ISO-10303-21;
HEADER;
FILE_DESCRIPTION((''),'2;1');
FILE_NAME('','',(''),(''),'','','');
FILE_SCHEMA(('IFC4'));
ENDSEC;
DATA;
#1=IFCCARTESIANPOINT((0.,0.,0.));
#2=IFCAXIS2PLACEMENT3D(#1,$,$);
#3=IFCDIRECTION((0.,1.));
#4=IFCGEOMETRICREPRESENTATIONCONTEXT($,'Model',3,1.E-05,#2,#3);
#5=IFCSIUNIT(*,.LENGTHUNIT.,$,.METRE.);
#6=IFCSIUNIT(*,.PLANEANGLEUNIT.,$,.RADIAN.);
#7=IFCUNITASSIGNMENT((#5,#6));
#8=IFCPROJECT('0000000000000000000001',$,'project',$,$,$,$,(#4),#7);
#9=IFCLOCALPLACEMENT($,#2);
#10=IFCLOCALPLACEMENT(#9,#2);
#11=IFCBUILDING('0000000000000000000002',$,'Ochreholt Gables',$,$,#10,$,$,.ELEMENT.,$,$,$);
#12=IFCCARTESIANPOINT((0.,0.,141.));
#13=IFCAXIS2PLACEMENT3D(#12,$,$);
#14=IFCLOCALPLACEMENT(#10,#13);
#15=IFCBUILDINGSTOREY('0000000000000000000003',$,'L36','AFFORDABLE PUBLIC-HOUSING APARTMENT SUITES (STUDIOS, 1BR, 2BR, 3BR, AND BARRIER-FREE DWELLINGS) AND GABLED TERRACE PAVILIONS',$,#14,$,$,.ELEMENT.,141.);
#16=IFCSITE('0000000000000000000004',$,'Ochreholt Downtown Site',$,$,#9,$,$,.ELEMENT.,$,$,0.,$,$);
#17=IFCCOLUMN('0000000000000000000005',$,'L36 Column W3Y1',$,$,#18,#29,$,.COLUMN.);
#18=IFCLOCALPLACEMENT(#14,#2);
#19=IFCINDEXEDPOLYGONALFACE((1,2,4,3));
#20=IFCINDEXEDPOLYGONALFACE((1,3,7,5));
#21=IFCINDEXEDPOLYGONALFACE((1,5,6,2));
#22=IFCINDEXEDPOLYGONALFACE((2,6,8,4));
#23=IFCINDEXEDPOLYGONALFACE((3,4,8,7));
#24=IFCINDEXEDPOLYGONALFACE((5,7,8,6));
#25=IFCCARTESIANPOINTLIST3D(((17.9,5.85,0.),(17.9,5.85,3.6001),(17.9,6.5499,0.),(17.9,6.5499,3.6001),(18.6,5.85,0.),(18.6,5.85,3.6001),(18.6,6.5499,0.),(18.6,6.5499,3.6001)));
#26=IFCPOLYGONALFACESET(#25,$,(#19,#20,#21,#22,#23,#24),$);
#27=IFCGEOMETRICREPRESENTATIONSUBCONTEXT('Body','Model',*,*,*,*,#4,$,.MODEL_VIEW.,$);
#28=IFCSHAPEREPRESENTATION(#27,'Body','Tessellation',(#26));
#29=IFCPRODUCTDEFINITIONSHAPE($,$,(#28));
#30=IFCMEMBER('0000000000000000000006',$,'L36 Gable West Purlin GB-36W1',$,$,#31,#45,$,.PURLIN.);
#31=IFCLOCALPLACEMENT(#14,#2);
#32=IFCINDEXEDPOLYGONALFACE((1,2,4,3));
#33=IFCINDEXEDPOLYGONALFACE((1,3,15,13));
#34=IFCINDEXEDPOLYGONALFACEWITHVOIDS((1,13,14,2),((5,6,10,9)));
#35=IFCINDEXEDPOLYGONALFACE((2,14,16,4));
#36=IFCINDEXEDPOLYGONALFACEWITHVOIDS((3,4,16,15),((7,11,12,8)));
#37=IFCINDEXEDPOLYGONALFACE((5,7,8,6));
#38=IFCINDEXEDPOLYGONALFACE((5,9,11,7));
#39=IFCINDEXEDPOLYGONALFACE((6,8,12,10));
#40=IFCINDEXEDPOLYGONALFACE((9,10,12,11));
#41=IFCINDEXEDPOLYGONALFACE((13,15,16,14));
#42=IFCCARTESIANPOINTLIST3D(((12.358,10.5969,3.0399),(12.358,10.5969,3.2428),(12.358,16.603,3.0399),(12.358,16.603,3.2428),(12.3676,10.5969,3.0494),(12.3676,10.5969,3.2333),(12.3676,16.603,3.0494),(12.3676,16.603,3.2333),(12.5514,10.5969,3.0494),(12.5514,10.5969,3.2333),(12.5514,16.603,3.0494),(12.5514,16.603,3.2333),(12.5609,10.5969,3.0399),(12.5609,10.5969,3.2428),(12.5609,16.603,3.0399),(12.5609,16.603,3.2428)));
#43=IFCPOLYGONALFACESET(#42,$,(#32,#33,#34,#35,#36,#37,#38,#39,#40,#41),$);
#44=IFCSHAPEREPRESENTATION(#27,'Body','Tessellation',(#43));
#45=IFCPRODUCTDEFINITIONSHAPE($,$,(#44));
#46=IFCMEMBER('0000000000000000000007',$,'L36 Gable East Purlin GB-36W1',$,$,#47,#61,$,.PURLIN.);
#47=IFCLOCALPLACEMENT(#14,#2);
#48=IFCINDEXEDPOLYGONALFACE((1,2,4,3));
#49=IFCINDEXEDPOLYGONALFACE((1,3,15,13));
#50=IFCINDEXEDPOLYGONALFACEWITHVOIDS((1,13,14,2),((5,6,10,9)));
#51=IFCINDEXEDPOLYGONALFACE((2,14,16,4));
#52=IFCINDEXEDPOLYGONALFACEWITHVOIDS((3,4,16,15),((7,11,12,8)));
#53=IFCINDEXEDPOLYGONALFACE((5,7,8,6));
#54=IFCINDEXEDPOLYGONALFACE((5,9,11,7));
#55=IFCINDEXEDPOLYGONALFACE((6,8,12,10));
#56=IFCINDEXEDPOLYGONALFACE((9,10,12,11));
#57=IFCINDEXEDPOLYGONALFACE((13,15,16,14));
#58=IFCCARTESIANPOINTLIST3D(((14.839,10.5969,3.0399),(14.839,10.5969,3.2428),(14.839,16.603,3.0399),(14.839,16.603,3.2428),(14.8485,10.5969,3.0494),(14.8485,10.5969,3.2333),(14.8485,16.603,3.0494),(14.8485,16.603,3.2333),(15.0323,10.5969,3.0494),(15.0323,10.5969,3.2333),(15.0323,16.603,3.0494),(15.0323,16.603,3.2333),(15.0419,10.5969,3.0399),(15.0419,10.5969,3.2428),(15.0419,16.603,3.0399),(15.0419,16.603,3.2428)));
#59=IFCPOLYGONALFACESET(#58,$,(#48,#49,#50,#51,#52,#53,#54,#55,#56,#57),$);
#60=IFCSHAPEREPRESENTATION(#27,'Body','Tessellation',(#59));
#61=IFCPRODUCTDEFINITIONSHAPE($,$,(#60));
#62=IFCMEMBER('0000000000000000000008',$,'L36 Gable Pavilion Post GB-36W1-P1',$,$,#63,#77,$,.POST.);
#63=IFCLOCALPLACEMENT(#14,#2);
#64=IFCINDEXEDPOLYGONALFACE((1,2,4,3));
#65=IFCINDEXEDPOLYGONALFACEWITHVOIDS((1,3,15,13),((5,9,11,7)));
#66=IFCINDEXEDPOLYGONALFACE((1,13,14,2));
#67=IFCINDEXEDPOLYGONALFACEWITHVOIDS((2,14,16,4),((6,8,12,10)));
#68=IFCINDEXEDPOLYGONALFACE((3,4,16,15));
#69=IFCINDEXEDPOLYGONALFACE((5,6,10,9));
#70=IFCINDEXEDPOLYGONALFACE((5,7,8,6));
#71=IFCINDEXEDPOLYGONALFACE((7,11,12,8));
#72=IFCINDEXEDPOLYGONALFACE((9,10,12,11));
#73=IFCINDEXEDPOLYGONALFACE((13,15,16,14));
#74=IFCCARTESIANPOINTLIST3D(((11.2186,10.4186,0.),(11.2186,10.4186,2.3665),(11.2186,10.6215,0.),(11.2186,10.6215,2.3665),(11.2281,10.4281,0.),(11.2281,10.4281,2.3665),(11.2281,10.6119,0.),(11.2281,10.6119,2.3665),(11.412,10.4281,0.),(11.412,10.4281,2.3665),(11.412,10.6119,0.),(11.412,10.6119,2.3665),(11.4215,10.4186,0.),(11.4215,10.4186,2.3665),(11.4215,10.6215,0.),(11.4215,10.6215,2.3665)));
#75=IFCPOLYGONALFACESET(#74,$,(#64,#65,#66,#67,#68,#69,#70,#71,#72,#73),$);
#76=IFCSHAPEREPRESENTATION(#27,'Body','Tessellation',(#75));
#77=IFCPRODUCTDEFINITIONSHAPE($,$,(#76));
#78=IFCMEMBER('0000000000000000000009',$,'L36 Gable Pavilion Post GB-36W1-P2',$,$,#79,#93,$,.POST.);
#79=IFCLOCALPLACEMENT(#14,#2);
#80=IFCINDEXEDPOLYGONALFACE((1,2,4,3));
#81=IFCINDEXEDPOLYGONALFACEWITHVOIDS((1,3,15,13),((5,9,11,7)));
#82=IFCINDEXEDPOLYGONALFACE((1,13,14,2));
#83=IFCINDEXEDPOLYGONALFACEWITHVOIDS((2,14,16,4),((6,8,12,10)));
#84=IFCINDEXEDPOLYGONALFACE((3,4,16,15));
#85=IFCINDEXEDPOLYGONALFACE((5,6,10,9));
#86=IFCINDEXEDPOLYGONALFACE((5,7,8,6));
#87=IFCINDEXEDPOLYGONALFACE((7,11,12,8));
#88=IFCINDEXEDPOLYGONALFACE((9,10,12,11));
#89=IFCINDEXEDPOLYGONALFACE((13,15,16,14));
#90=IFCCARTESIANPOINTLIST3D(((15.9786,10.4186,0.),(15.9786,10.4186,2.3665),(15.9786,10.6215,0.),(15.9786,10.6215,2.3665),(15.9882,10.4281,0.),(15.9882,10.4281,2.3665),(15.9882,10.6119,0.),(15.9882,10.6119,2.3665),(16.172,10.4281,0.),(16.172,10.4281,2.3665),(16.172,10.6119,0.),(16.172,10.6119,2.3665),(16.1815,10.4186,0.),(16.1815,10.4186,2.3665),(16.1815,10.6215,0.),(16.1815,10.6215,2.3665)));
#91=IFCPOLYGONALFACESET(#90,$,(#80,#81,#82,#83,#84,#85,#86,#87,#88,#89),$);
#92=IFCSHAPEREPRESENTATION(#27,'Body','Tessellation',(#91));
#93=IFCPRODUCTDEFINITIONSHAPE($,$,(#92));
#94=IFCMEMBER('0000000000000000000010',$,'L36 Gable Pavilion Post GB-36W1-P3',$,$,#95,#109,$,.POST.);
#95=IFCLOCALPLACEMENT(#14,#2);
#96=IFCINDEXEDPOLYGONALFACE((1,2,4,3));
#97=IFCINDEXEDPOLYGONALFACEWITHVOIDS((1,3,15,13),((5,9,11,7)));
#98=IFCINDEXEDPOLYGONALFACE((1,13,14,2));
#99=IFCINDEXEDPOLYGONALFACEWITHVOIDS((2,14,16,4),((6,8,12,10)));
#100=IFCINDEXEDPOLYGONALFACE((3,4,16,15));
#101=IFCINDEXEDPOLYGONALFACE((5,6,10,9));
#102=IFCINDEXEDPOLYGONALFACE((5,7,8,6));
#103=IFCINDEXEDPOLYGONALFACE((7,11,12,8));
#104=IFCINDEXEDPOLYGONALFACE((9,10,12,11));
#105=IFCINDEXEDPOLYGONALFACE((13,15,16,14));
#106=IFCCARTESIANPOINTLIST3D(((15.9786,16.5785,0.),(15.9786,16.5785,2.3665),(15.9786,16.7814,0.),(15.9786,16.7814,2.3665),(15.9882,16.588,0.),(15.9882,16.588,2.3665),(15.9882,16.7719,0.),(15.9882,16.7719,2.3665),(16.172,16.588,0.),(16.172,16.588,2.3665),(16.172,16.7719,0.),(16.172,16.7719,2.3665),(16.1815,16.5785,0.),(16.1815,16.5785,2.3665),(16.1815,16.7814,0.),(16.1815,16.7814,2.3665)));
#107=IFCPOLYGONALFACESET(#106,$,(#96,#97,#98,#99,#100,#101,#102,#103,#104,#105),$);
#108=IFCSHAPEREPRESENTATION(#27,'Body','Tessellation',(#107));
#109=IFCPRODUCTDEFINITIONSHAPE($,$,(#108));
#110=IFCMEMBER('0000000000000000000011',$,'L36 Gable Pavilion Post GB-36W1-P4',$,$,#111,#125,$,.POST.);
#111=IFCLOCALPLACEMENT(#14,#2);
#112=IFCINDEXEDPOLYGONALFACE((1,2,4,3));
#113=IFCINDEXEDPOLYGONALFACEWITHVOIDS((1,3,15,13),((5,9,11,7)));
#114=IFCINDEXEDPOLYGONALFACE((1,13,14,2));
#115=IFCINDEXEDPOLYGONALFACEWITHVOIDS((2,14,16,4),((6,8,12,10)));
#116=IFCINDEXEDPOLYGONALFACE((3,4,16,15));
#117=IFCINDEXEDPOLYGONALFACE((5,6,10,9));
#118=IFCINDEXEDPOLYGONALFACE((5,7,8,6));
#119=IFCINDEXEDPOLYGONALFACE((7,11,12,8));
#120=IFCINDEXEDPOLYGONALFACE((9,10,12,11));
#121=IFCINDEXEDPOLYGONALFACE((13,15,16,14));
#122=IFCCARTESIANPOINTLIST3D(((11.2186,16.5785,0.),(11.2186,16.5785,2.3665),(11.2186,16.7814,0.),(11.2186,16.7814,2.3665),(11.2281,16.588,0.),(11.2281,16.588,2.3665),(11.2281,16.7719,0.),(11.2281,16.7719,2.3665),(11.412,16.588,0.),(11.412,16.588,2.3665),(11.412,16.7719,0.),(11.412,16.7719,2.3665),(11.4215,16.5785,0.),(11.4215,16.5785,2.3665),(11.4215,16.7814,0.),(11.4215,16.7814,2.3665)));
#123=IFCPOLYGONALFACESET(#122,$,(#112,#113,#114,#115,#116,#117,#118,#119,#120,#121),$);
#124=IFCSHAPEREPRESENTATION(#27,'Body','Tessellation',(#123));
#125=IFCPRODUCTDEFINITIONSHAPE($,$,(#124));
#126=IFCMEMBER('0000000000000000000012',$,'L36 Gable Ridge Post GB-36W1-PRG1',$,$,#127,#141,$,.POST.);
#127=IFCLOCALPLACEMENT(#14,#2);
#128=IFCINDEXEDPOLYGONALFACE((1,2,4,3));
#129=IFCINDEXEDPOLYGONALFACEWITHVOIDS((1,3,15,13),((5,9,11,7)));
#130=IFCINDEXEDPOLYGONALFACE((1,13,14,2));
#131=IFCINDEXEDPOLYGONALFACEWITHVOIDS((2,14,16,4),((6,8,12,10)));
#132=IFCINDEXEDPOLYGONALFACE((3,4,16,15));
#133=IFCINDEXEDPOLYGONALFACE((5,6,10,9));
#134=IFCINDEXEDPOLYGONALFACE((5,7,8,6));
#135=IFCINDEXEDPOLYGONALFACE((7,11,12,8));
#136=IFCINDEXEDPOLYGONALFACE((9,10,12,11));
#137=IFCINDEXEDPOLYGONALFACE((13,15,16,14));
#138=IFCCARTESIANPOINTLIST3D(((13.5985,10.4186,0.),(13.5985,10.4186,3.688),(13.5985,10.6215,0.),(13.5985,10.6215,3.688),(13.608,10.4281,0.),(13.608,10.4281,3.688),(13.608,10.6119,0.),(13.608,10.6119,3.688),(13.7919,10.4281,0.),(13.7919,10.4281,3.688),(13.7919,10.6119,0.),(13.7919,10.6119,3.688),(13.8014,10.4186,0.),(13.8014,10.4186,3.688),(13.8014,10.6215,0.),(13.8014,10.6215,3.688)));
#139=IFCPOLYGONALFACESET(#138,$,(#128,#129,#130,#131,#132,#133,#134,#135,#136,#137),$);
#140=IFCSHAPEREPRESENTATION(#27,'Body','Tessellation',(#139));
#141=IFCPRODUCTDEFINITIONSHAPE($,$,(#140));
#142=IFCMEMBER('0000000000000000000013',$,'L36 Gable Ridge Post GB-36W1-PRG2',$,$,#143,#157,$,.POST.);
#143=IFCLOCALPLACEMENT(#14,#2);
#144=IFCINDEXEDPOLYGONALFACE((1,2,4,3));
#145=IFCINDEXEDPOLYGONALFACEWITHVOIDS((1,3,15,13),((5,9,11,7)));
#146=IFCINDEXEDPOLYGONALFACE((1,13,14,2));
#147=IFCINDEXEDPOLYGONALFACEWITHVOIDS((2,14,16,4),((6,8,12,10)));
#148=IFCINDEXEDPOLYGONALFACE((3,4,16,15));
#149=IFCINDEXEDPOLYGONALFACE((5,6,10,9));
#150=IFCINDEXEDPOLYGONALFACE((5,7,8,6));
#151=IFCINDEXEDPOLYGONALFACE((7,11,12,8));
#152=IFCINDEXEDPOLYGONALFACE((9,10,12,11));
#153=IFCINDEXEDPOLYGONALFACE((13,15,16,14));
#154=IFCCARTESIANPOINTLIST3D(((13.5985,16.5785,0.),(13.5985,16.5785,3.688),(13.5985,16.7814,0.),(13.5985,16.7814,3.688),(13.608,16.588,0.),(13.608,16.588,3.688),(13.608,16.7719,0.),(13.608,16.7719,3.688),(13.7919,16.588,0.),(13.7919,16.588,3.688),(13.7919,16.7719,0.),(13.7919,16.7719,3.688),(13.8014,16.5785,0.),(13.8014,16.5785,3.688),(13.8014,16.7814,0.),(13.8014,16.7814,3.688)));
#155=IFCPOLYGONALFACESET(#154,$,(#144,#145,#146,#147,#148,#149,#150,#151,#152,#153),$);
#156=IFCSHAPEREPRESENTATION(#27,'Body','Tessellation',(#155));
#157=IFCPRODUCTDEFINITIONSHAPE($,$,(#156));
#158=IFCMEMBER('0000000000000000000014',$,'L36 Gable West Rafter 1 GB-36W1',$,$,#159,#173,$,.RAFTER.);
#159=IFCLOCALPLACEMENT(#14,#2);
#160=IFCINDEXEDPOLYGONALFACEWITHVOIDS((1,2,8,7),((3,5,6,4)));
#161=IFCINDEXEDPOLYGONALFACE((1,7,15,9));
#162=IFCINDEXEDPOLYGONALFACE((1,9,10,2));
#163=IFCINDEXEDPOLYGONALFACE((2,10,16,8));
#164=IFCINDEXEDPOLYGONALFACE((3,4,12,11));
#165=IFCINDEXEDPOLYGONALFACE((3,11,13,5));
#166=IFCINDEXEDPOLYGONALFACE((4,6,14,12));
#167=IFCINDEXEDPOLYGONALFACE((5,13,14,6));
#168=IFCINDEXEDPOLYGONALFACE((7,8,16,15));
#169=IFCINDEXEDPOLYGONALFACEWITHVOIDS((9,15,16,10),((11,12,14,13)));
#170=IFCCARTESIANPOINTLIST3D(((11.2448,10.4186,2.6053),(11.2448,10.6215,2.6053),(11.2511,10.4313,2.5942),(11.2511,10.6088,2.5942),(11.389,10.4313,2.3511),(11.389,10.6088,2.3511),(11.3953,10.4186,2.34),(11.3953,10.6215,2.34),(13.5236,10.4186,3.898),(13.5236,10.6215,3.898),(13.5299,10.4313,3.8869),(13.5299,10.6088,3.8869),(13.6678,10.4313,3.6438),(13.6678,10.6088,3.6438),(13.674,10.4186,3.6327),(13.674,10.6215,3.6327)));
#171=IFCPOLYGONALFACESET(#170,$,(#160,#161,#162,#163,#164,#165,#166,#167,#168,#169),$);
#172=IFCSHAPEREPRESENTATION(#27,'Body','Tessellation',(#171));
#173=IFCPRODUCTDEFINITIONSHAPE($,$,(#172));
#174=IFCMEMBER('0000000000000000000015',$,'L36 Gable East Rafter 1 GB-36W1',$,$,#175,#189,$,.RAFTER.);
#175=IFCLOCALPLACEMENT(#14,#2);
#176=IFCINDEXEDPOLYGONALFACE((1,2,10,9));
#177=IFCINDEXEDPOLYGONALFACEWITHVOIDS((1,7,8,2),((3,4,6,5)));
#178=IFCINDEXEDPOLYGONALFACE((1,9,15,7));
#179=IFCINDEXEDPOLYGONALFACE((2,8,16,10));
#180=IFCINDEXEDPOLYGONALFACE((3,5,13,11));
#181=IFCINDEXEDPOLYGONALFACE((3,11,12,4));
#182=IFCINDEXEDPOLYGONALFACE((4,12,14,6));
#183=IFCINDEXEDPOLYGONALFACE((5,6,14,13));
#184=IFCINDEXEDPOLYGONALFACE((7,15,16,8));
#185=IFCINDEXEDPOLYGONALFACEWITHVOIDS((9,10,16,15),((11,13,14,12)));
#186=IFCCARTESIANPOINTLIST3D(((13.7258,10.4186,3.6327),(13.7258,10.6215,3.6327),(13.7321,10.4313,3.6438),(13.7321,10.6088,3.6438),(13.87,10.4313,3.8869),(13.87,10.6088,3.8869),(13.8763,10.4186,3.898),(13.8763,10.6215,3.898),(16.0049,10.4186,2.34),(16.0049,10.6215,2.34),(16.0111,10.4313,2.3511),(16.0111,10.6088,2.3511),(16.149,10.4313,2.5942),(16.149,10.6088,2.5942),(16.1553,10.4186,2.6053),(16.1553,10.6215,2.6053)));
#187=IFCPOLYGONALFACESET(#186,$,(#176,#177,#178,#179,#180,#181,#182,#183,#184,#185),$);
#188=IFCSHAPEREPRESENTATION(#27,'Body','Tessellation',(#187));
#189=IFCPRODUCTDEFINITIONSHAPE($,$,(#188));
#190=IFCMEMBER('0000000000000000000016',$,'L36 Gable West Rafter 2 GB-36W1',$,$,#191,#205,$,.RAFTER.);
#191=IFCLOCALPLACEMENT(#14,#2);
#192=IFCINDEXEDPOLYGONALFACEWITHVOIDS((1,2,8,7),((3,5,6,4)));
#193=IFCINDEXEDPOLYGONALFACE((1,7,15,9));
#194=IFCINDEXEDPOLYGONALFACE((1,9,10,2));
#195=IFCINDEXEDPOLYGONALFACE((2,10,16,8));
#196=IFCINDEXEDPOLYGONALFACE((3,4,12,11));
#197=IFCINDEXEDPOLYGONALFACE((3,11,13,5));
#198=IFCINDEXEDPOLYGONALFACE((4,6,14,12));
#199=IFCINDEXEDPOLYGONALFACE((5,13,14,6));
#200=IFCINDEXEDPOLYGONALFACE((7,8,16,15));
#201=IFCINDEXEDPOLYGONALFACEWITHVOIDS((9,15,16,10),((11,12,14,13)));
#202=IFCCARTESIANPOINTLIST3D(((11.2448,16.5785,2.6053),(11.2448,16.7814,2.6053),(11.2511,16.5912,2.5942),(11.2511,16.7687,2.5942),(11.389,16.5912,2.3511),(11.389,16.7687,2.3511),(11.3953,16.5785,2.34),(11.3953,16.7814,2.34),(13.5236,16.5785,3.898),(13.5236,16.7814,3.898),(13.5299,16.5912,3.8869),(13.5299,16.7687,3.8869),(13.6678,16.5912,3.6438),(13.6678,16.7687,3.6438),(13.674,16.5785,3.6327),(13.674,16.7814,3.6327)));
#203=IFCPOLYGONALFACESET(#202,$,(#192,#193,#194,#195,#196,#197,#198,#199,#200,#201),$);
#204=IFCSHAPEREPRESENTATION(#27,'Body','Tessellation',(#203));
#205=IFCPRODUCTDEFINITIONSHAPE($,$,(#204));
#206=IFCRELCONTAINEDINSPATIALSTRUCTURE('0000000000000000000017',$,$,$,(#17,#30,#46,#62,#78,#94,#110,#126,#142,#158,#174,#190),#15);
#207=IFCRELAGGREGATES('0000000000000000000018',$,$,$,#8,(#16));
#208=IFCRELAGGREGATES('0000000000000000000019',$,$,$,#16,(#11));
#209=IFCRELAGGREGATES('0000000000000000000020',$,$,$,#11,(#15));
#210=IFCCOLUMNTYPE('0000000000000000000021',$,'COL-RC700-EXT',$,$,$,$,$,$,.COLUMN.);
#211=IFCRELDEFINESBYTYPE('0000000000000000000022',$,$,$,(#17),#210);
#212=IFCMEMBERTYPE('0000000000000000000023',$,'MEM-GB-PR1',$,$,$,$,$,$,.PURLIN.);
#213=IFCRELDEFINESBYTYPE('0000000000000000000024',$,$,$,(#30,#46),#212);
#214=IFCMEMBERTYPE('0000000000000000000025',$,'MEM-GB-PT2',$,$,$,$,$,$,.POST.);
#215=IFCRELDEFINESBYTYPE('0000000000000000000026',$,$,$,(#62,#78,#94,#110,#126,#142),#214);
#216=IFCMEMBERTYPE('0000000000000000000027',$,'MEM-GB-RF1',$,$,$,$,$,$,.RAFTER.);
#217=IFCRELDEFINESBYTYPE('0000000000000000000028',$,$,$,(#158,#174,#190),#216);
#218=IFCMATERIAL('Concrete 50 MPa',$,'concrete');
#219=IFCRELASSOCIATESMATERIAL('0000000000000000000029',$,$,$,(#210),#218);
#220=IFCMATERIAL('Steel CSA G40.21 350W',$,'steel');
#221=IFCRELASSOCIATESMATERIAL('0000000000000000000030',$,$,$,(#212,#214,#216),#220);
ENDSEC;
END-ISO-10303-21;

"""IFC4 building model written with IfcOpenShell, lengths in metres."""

from ifc_helpers import new_model, si_unit, direction, frame, origin, origin_2d, place, context, subcontext, project, spatial, rectangle, hollow_rectangle, extrude, material, material_profile, profile_set, type_object, element, save


model = new_model("IFC4")

# Units and contexts
model_context = context("Model", 3, precision=1e-05, world=origin(), true_north=direction((0.0, 1.0)))
body_context = subcontext(model_context, "Body", "Model", "MODEL_VIEW")
ifc_project = project(units=[si_unit("LENGTHUNIT", "METRE"), si_unit("PLANEANGLEUNIT", "RADIAN")], contexts=[model_context])

# Site, building, storey
site_placement = place(None, origin())
site = spatial("IfcSite", under=ifc_project, at=site_placement, Name="Ochreholt Downtown Site", CompositionType="ELEMENT", RefElevation=0.0)
building_placement = place(site_placement, origin())
building = spatial("IfcBuilding", under=site, at=building_placement, Name="Ochreholt Gables", CompositionType="ELEMENT")
storey_placement = place(building_placement, frame((0.0, 0.0, 141.0)))
storey = spatial("IfcBuildingStorey", under=building, at=storey_placement, Name="L36", Description="AFFORDABLE PUBLIC-HOUSING APARTMENT SUITES (STUDIOS, 1BR, 2BR, 3BR, AND BARRIER-FREE DWELLINGS) AND GABLED TERRACE PAVILIONS", CompositionType="ELEMENT", Elevation=141.0)

# Column
ifc_material_1 = material(Name="Concrete 50 MPa", Category="concrete")
ifc_material_profile_1 = material_profile(ifc_material_1, rectangle(XDim=0.7, YDim=0.7, at=origin_2d()), Name="RC700X700")
ifc_profile_set_1 = profile_set([ifc_material_profile_1], Name="Concrete 50 MPa")
column_type = type_object("IfcColumnType", Name="COL-RC700-EXT", PredefinedType="COLUMN", material=ifc_profile_set_1)
column_placement = place(storey_placement, frame((18.25, 6.2, 0.0), z_axis=(0.0, 0.0, 1.0), x_axis=(1.0, 0.0, 0.0)))
element("IfcColumn", 1, at=column_placement, inside=storey, type_object=column_type, Name="L36 Column W3Y1", PredefinedType="COLUMN", context=body_context, shape_type="SweptSolid", body=[
    extrude(rectangle(XDim=0.7, YDim=0.7, at=origin_2d()), origin(), (0.0, 0.0, 1.0), 3.6001),
])

# Members
ifc_material_2 = material(Name="Steel CSA G40.21 350W", Category="steel")
ifc_material_profile_2 = material_profile(ifc_material_2, hollow_rectangle(XDim=0.2029, YDim=0.2029, WallThickness=0.0095, at=origin_2d()), Name="HSS203X203X10")
ifc_profile_set_2 = profile_set([ifc_material_profile_2], Name="Steel CSA G40.21 350W")
member_type_1 = type_object("IfcMemberType", Name="MEM-GB-PR1", PredefinedType="PURLIN", material=ifc_profile_set_2)
for number, where, z_axis, x_axis, name in (
    (2, (12.4595, 10.5969, 3.1414), (0.0, 1.0, 0.0), (-1.0, 0.0, 0.0), "L36 Gable West Purlin GB-36W1"),
    (3, (14.9404, 10.5969, 3.1414), (0.0, 1.0, 0.0), (-1.0, 0.0, 0.0), "L36 Gable East Purlin GB-36W1"),
):
    element("IfcMember", number, at=place(storey_placement, frame(where, z_axis=z_axis, x_axis=x_axis)), inside=storey, type_object=member_type_1, Name=name, PredefinedType="PURLIN", context=body_context, shape_type="SweptSolid", body=[
        extrude(hollow_rectangle(XDim=0.2029, YDim=0.2029, WallThickness=0.0095, at=origin_2d()), origin(), (0.0, 0.0, 1.0), 6.0061),
    ])
ifc_material_profile_3 = material_profile(ifc_material_2, hollow_rectangle(XDim=0.2029, YDim=0.2029, WallThickness=0.0095, at=origin_2d()), Name="HSS203X203X10")
ifc_profile_set_3 = profile_set([ifc_material_profile_3], Name="Steel CSA G40.21 350W")
member_type_2 = type_object("IfcMemberType", Name="MEM-GB-PT2", PredefinedType="POST", material=ifc_profile_set_3)
for number, where, z_axis, x_axis, name in (
    (4, (11.3201, 10.52, 0.0), (0.0, 0.0, 1.0), (1.0, 0.0, 0.0), "L36 Gable Pavilion Post GB-36W1-P1"),
    (5, (16.0801, 10.52, 0.0), (0.0, 0.0, 1.0), (1.0, 0.0, 0.0), "L36 Gable Pavilion Post GB-36W1-P2"),
    (6, (16.0801, 16.6799, 0.0), (0.0, 0.0, 1.0), (1.0, 0.0, 0.0), "L36 Gable Pavilion Post GB-36W1-P3"),
    (7, (11.3201, 16.6799, 0.0), (0.0, 0.0, 1.0), (1.0, 0.0, 0.0), "L36 Gable Pavilion Post GB-36W1-P4"),
):
    element("IfcMember", number, at=place(storey_placement, frame(where, z_axis=z_axis, x_axis=x_axis)), inside=storey, type_object=member_type_2, Name=name, PredefinedType="POST", context=body_context, shape_type="SweptSolid", body=[
        extrude(hollow_rectangle(XDim=0.2029, YDim=0.2029, WallThickness=0.0095, at=origin_2d()), origin(), (0.0, 0.0, 1.0), 2.3665),
    ])
for number, where, z_axis, x_axis, name in (
    (8, (13.7, 10.52, 0.0), (0.0, 0.0, 1.0), (1.0, 0.0, 0.0), "L36 Gable Ridge Post GB-36W1-PRG1"),
    (9, (13.7, 16.6799, 0.0), (0.0, 0.0, 1.0), (1.0, 0.0, 0.0), "L36 Gable Ridge Post GB-36W1-PRG2"),
):
    element("IfcMember", number, at=place(storey_placement, frame(where, z_axis=z_axis, x_axis=x_axis)), inside=storey, type_object=member_type_2, Name=name, PredefinedType="POST", context=body_context, shape_type="SweptSolid", body=[
        extrude(hollow_rectangle(XDim=0.2029, YDim=0.2029, WallThickness=0.0095, at=origin_2d()), origin(), (0.0, 0.0, 1.0), 3.688),
    ])
ifc_material_profile_4 = material_profile(ifc_material_2, hollow_rectangle(XDim=0.2029, YDim=0.3049, WallThickness=0.0127, at=origin_2d()), Name="HSS305X203X13")
ifc_profile_set_4 = profile_set([ifc_material_profile_4], Name="Steel CSA G40.21 350W")
member_type_3 = type_object("IfcMemberType", Name="MEM-GB-RF1", PredefinedType="RAFTER", material=ifc_profile_set_4)
member_1_placement = place(storey_placement, frame((11.3201, 10.52, 2.4727), z_axis=(0.869793, 0.0, 0.493417), x_axis=(0.0, 1.0, 0.0)))
element("IfcMember", 10, at=member_1_placement, inside=storey, type_object=member_type_3, Name="L36 Gable West Rafter 1 GB-36W1", PredefinedType="RAFTER", context=body_context, shape_type="SweptSolid", body=[
    extrude(hollow_rectangle(XDim=0.2029, YDim=0.3049, WallThickness=0.0127, at=origin_2d()), origin(), (0.0, 0.0, 1.0), 2.6199),
])
member_2_placement = place(storey_placement, frame((16.0801, 10.52, 2.4727), z_axis=(-0.869816, 0.0, 0.493377), x_axis=(0.0, -1.0, 0.0)))
element("IfcMember", 11, at=member_2_placement, inside=storey, type_object=member_type_3, Name="L36 Gable East Rafter 1 GB-36W1", PredefinedType="RAFTER", context=body_context, shape_type="SweptSolid", body=[
    extrude(hollow_rectangle(XDim=0.2029, YDim=0.3049, WallThickness=0.0127, at=origin_2d()), origin(), (0.0, 0.0, 1.0), 2.6201),
])
member_3_placement = place(storey_placement, frame((11.3201, 16.6799, 2.4727), z_axis=(0.869793, 0.0, 0.493417), x_axis=(0.0, 1.0, 0.0)))
element("IfcMember", 12, at=member_3_placement, inside=storey, type_object=member_type_3, Name="L36 Gable West Rafter 2 GB-36W1", PredefinedType="RAFTER", context=body_context, shape_type="SweptSolid", body=[
    extrude(hollow_rectangle(XDim=0.2029, YDim=0.3049, WallThickness=0.0127, at=origin_2d()), origin(), (0.0, 0.0, 1.0), 2.6199),
])

save(model, "model.ifc")
